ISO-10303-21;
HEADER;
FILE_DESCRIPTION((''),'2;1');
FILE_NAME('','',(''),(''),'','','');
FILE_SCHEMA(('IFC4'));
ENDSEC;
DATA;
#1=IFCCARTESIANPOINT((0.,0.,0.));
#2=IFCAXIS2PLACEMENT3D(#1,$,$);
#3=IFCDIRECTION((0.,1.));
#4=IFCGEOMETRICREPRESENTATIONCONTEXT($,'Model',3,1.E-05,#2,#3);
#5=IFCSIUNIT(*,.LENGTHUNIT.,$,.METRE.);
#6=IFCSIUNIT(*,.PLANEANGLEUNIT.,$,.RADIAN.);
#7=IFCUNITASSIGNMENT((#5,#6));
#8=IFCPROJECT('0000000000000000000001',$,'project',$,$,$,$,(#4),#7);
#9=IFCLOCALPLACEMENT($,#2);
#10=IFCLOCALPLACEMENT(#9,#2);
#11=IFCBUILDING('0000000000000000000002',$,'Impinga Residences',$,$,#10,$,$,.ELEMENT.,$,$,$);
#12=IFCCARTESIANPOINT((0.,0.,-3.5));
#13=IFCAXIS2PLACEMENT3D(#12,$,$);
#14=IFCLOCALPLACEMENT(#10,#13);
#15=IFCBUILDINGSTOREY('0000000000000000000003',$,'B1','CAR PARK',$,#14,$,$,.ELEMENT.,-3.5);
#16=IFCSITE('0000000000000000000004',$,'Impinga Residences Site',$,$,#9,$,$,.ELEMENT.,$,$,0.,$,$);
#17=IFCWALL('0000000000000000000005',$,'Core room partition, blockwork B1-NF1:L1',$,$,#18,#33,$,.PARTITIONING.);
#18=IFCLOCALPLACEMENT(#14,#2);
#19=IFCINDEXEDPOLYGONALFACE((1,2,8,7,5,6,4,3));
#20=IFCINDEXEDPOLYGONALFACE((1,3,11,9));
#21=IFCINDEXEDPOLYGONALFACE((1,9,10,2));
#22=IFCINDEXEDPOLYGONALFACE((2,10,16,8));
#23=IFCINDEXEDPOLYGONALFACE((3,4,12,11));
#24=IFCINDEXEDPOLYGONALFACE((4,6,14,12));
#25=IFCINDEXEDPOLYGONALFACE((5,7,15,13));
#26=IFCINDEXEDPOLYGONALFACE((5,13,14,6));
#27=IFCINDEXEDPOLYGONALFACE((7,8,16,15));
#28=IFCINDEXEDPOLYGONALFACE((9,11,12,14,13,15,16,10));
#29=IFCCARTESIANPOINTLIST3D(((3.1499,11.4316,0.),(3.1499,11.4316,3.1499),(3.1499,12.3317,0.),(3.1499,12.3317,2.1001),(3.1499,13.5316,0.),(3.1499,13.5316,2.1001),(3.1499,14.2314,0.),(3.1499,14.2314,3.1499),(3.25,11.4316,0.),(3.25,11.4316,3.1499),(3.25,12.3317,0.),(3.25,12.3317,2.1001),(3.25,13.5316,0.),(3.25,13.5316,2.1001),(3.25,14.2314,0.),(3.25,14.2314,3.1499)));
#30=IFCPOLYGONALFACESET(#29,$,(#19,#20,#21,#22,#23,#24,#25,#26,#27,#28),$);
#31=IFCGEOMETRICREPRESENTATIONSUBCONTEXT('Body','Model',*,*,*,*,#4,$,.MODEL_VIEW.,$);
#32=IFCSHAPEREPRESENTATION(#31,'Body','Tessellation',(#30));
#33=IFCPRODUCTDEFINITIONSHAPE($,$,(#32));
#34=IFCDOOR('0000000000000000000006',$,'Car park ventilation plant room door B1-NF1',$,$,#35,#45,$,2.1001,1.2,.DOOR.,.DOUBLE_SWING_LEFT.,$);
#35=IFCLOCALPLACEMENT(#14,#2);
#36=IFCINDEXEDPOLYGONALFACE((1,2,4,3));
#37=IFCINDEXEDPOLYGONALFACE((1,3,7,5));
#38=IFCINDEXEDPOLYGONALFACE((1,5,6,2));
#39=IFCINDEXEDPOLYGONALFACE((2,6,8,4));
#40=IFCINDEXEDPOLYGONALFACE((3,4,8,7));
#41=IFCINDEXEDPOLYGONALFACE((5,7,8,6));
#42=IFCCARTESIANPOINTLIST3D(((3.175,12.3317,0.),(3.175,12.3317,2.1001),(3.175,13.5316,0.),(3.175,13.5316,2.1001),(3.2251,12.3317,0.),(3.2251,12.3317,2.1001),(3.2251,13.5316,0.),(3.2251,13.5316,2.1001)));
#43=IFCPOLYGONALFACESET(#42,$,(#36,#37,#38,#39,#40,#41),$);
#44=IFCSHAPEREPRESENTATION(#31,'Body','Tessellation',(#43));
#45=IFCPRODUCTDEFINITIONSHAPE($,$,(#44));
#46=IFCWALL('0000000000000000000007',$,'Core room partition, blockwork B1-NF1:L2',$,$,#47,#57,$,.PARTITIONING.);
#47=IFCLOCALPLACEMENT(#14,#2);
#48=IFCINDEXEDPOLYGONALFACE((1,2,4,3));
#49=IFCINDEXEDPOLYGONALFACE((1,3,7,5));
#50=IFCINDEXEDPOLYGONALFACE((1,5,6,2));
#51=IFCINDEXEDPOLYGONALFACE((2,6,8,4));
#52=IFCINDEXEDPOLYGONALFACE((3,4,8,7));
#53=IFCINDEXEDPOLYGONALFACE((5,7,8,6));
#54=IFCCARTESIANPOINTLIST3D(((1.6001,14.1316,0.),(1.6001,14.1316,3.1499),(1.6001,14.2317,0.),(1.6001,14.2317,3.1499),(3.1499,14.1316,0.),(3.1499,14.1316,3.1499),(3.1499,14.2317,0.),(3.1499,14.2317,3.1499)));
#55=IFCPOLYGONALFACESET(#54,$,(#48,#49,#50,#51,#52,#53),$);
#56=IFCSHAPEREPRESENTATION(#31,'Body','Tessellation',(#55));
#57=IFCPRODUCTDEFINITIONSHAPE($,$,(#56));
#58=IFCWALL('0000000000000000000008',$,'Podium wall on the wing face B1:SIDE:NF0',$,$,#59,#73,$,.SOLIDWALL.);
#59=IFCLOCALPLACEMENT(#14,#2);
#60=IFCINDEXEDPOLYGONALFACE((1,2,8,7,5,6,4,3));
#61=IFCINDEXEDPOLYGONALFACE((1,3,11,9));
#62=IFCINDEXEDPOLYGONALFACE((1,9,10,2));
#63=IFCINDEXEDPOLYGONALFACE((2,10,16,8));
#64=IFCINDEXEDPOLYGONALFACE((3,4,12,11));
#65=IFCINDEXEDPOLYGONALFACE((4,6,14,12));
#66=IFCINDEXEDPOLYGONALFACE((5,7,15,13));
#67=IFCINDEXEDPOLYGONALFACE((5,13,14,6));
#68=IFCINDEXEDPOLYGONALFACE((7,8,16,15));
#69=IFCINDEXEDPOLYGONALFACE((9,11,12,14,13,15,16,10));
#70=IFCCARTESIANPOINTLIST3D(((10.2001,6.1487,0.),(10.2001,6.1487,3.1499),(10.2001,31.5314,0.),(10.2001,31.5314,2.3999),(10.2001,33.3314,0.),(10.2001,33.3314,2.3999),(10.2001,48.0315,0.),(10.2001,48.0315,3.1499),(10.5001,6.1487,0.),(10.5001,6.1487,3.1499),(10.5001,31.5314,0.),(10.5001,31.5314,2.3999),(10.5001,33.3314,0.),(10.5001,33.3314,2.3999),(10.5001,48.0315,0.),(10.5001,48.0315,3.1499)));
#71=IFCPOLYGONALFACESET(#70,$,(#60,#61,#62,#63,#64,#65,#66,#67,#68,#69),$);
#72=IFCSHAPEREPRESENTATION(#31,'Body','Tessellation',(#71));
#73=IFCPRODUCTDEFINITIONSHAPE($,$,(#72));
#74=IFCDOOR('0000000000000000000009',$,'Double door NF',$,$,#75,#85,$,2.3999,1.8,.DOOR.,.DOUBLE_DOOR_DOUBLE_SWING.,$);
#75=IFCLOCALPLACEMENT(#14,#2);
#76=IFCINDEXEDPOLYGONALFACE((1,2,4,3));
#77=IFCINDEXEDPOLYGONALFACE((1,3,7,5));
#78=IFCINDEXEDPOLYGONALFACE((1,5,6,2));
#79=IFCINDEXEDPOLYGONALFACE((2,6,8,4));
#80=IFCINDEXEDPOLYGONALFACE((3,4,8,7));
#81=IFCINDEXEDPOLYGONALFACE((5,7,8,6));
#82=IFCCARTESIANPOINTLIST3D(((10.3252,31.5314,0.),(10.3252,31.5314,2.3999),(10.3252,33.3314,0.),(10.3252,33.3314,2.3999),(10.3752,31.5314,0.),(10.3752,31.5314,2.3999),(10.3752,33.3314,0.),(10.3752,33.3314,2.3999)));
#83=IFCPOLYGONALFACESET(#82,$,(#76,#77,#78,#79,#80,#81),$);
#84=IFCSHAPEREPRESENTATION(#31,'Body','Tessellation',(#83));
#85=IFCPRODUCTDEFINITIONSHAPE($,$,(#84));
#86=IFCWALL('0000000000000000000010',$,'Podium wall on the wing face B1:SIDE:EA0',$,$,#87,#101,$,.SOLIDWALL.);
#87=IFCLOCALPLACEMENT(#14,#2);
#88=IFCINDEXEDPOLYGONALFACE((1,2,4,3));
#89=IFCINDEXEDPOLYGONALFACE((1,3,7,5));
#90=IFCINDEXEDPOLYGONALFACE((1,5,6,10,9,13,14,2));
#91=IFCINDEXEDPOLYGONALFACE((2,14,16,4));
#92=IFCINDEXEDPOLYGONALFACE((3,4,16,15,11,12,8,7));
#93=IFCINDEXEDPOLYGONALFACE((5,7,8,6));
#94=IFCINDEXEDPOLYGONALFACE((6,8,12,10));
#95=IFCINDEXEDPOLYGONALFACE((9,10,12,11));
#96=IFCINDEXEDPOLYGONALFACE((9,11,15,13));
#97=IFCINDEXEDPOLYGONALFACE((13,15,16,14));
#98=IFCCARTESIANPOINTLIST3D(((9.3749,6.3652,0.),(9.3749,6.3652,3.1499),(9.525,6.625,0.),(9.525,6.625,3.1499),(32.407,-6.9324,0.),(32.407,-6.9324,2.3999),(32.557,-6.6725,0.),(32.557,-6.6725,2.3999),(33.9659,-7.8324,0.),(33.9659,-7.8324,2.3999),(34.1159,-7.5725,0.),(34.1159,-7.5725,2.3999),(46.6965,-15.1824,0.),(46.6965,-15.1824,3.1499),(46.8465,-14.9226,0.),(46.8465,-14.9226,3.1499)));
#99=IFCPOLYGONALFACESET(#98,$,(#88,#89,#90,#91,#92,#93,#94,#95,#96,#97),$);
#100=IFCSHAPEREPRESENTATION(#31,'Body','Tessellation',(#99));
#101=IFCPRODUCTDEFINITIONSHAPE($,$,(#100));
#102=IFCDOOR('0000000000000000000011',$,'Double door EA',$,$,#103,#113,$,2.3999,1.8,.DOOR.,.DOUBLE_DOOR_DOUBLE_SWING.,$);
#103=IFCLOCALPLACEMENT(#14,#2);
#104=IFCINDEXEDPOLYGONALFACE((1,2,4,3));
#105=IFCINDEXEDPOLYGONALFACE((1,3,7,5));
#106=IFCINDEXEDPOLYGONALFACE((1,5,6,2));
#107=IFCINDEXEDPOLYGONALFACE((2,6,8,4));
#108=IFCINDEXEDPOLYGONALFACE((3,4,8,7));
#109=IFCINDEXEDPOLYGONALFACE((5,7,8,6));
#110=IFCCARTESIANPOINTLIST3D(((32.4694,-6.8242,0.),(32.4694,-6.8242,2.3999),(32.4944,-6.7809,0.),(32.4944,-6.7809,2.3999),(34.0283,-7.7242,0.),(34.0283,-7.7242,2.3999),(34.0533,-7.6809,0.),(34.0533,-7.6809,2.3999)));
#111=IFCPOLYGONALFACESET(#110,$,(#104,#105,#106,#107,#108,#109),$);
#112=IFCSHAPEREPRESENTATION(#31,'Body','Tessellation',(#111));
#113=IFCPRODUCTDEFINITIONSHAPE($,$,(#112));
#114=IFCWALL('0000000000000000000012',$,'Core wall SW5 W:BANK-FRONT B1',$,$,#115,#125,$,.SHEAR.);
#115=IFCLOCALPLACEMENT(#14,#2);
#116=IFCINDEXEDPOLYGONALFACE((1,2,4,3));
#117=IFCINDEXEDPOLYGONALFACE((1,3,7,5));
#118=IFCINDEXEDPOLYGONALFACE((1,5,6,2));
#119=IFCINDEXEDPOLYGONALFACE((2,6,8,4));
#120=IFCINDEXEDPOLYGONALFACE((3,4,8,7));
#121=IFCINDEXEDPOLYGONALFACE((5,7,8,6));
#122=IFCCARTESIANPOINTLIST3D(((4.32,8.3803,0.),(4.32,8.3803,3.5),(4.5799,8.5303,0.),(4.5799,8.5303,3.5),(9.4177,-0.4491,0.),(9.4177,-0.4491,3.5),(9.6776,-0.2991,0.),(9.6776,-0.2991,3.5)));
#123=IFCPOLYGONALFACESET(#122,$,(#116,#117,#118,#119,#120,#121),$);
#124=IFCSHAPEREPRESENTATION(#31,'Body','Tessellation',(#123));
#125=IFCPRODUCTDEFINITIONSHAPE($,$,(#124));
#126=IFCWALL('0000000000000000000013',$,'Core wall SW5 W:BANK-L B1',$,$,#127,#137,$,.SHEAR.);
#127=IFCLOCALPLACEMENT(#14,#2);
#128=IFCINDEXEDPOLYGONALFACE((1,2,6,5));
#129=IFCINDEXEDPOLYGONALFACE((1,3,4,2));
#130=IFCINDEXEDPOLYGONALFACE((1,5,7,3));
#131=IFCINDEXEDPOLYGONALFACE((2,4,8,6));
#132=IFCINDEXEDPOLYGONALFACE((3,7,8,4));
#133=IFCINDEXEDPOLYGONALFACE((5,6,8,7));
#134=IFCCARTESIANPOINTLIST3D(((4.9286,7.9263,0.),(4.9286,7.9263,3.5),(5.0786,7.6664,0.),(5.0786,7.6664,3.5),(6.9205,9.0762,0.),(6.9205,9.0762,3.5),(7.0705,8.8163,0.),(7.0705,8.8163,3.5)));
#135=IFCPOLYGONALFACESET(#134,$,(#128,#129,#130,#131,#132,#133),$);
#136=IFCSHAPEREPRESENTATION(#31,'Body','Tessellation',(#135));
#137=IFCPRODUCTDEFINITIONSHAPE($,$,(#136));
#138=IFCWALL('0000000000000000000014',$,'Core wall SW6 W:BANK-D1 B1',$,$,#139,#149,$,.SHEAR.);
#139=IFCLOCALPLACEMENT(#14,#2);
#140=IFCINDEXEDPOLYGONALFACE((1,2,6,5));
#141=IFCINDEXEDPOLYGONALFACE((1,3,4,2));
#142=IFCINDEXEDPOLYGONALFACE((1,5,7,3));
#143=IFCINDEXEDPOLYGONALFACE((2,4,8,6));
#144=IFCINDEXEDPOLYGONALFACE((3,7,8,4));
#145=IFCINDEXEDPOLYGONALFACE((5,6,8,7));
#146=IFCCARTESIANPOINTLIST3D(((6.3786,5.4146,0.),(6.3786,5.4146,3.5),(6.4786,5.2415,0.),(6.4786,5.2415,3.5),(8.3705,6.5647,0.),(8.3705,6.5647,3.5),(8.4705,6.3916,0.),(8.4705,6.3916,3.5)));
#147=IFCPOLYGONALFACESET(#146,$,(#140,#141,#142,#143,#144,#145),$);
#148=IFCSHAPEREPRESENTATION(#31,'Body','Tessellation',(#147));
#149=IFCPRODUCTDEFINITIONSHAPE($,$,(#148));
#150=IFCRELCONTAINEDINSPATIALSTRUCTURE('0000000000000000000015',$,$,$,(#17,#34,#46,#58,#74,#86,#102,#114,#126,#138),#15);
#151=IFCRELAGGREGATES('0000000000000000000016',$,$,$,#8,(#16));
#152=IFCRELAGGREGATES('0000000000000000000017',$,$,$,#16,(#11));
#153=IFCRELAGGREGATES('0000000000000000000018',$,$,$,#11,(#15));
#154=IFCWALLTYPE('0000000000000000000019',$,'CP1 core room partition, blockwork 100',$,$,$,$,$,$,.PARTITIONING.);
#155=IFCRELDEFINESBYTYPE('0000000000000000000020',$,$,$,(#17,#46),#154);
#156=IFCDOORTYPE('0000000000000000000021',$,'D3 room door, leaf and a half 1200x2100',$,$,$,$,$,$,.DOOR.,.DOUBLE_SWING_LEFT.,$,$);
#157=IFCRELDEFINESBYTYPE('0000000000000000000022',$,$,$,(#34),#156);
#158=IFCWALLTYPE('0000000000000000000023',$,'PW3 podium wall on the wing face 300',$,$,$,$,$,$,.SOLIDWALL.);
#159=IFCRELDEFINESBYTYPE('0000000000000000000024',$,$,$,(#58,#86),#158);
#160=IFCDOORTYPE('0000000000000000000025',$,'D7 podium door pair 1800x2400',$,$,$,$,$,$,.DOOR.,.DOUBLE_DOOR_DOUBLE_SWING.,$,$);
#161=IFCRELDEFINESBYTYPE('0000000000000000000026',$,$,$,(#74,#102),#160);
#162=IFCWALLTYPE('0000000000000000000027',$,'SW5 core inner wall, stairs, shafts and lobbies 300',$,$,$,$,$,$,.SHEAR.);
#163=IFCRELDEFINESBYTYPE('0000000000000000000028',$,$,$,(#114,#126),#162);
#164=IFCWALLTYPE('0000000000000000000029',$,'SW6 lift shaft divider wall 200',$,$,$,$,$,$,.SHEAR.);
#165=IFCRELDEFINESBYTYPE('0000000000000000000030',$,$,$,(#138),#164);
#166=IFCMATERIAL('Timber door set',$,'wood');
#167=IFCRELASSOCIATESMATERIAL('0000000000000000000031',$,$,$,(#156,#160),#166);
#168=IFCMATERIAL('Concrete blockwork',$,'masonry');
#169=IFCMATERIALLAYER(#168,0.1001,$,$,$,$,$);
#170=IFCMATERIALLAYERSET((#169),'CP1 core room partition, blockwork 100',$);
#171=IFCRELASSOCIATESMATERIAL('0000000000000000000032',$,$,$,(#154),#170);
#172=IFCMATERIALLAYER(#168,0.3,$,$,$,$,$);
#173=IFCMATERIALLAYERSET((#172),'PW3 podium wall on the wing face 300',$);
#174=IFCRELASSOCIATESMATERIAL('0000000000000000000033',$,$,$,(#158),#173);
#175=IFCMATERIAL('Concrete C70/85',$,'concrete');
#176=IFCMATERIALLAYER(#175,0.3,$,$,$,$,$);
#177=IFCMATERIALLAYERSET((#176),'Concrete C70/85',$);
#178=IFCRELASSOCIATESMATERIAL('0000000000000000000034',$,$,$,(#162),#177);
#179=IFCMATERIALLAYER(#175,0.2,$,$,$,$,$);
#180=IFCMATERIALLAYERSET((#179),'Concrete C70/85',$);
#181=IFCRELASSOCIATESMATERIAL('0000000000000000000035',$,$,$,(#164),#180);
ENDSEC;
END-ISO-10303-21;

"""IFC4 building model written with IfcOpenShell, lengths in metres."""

from ifc_helpers import new_model, si_unit, direction, frame, frame_2d, origin, place, context, subcontext, project, spatial, rectangle, extrude, material, layer, layer_set, type_object, element, fill, save


model = new_model("IFC4")

# Units and contexts
model_context = context("Model", 3, precision=1e-05, world=origin(), true_north=direction((0.0, 1.0)))
body_context = subcontext(model_context, "Body", "Model", "MODEL_VIEW")
ifc_project = project(units=[si_unit("LENGTHUNIT", "METRE"), si_unit("PLANEANGLEUNIT", "RADIAN")], contexts=[model_context])

# Site, building, storey
site_placement = place(None, origin())
site = spatial("IfcSite", under=ifc_project, at=site_placement, Name="Impinga Residences Site", CompositionType="ELEMENT", RefElevation=0.0)
building_placement = place(site_placement, origin())
building = spatial("IfcBuilding", under=site, at=building_placement, Name="Impinga Residences", CompositionType="ELEMENT")
storey_placement = place(building_placement, frame((0.0, 0.0, -3.5)))
storey = spatial("IfcBuildingStorey", under=building, at=storey_placement, Name="B1", Description="CAR PARK", CompositionType="ELEMENT", Elevation=-3.5)

# Shared definitions
ifc_material_1 = material(Name="Concrete C70/85", Category="concrete")

# Wall, opening, door
ifc_material_2 = material(Name="Timber door set", Category="wood")
door_type_1 = type_object("IfcDoorType", Name="D3 room door, leaf and a half 1200x2100", OperationType="DOUBLE_SWING_LEFT", PredefinedType="DOOR", material=ifc_material_2)
ifc_material_3 = material(Name="Concrete blockwork", Category="masonry")
ifc_layer_1 = layer(ifc_material_3, 0.1001)
ifc_layer_set_1 = layer_set([ifc_layer_1], Name="CP1 core room partition, blockwork 100")
wall_type_1 = type_object("IfcWallType", Name="CP1 core room partition, blockwork 100", PredefinedType="PARTITIONING", material=ifc_layer_set_1)
wall_1_placement = place(storey_placement, frame((3.2, 11.4316, 0.0), z_axis=(0.0, 0.0, 1.0), x_axis=(0.0, 1.0, 0.0)))
wall_1 = element("IfcWall", 1, at=wall_1_placement, inside=storey, type_object=wall_type_1, Name="Core room partition, blockwork B1-NF1:L1", PredefinedType="PARTITIONING", context=body_context, shape_type="SweptSolid", body=[
    extrude(rectangle(XDim=2.7998, YDim=0.1001, at=frame_2d((1.3999, 0.0))), origin(), (0.0, 0.0, 1.0), 3.1499),
])
opening_1_placement = place(wall_1_placement, frame((0.8999, 0.0, 0.0)))
opening_1 = element("IfcOpeningElement", 2, at=opening_1_placement, cuts=wall_1, PredefinedType="OPENING", context=body_context, shape_type="SweptSolid", body=[
    extrude(rectangle(XDim=1.2, YDim=2.1001, at=frame_2d((0.6001, 1.05))), frame((0.0, 0.0601, 0.0), z_axis=(0.0, -1.0, 0.0), x_axis=(1.0, 0.0, 0.0)), (0.0, 0.0, 1.0), 0.1201),
])
door_1_placement = place(opening_1_placement, origin())
door_1 = element("IfcDoor", 3, at=door_1_placement, inside=storey, type_object=door_type_1, Name="Car park ventilation plant room door B1-NF1", OperationType="DOUBLE_SWING_LEFT", OverallHeight=2.1001, OverallWidth=1.2, PredefinedType="DOOR", context=body_context, shape_type="SweptSolid", body=[
    extrude(rectangle(XDim=1.2, YDim=2.1001, at=frame_2d((0.6001, 1.05))), frame((0.0, 0.0249, 0.0), z_axis=(0.0, -1.0, 0.0), x_axis=(1.0, 0.0, 0.0)), (0.0, 0.0, 1.0), 0.05),
])
fill(opening_1, door_1)

# Wall
wall_2_placement = place(storey_placement, frame((1.6001, 14.1816, 0.0), z_axis=(0.0, 0.0, 1.0), x_axis=(1.0, 0.0, 0.0)))
element("IfcWall", 4, at=wall_2_placement, inside=storey, type_object=wall_type_1, Name="Core room partition, blockwork B1-NF1:L2", PredefinedType="PARTITIONING", context=body_context, shape_type="SweptSolid", body=[
    extrude(rectangle(XDim=1.5498, YDim=0.1001, at=frame_2d((0.7749, 0.0))), origin(), (0.0, 0.0, 1.0), 3.1499),
])

# Walls, openings, doors
ifc_layer_2 = layer(ifc_material_3, 0.3)
ifc_layer_set_2 = layer_set([ifc_layer_2], Name="PW3 podium wall on the wing face 300")
wall_type_2 = type_object("IfcWallType", Name="PW3 podium wall on the wing face 300", PredefinedType="SOLIDWALL", material=ifc_layer_set_2)
wall_3_placement = place(storey_placement, frame((10.3501, 6.1487, 0.0), z_axis=(0.0, 0.0, 1.0), x_axis=(0.0, 1.0, 0.0)))
wall_3 = element("IfcWall", 5, at=wall_3_placement, inside=storey, type_object=wall_type_2, Name="Podium wall on the wing face B1:SIDE:NF0", PredefinedType="SOLIDWALL", context=body_context, shape_type="SweptSolid", body=[
    extrude(rectangle(XDim=41.8828, YDim=0.3, at=frame_2d((20.9414, 0.0))), origin(), (0.0, 0.0, 1.0), 3.1499),
])
opening_2_placement = place(wall_3_placement, frame((25.3828, 0.0, 0.0)))
opening_2 = element("IfcOpeningElement", 6, at=opening_2_placement, cuts=wall_3, PredefinedType="OPENING", context=body_context, shape_type="SweptSolid", body=[
    extrude(rectangle(XDim=1.8, YDim=2.3999, at=frame_2d((0.8999, 1.2))), frame((0.0, 0.1599, 0.0), z_axis=(0.0, -1.0, 0.0), x_axis=(1.0, 0.0, 0.0)), (0.0, 0.0, 1.0), 0.3201),
])
door_type_2 = type_object("IfcDoorType", Name="D7 podium door pair 1800x2400", OperationType="DOUBLE_DOOR_DOUBLE_SWING", PredefinedType="DOOR", material=ifc_material_2)
door_2_placement = place(opening_2_placement, origin())
door_2 = element("IfcDoor", 7, at=door_2_placement, inside=storey, type_object=door_type_2, Name="Double door NF", OperationType="DOUBLE_DOOR_DOUBLE_SWING", OverallHeight=2.3999, OverallWidth=1.8, PredefinedType="DOOR", context=body_context, shape_type="SweptSolid", body=[
    extrude(rectangle(XDim=1.8, YDim=2.3999, at=frame_2d((0.8999, 1.2))), frame((0.0, 0.0249, 0.0), z_axis=(0.0, -1.0, 0.0), x_axis=(1.0, 0.0, 0.0)), (0.0, 0.0, 1.0), 0.05),
])
fill(opening_2, door_2)
wall_4_placement = place(storey_placement, frame((9.45, 6.4951, 0.0), z_axis=(0.0, 0.0, 1.0), x_axis=(0.866025, -0.5, 0.0)))
wall_4 = element("IfcWall", 8, at=wall_4_placement, inside=storey, type_object=wall_type_2, Name="Podium wall on the wing face B1:SIDE:EA0", PredefinedType="SOLIDWALL", context=body_context, shape_type="SweptSolid", body=[
    extrude(rectangle(XDim=43.0952, YDim=0.3, at=frame_2d((21.5476, 0.0))), origin(), (0.0, 0.0, 1.0), 3.1499),
])
opening_3_placement = place(wall_4_placement, frame((26.5952, 0.0, 0.0)))
opening_3 = element("IfcOpeningElement", 9, at=opening_3_placement, cuts=wall_4, PredefinedType="OPENING", context=body_context, shape_type="SweptSolid", body=[
    extrude(rectangle(XDim=1.8, YDim=2.3999, at=frame_2d((0.8999, 1.2))), frame((0.0, 0.1599, 0.0), z_axis=(0.0, -1.0, 0.0), x_axis=(1.0, 0.0, 0.0)), (0.0, 0.0, 1.0), 0.3201),
])
door_3_placement = place(opening_3_placement, origin())
door_3 = element("IfcDoor", 10, at=door_3_placement, inside=storey, type_object=door_type_2, Name="Double door EA", OperationType="DOUBLE_DOOR_DOUBLE_SWING", OverallHeight=2.3999, OverallWidth=1.8, PredefinedType="DOOR", context=body_context, shape_type="SweptSolid", body=[
    extrude(rectangle(XDim=1.8, YDim=2.3999, at=frame_2d((0.8999, 1.2))), frame((0.0, 0.0249, 0.0), z_axis=(0.0, -1.0, 0.0), x_axis=(1.0, 0.0, 0.0)), (0.0, 0.0, 1.0), 0.05),
])
fill(opening_3, door_3)

# Walls
ifc_layer_3 = layer(ifc_material_1, 0.3)
ifc_layer_set_3 = layer_set([ifc_layer_3], Name="Concrete C70/85")
wall_type_3 = type_object("IfcWallType", Name="SW5 core inner wall, stairs, shafts and lobbies 300", PredefinedType="SHEAR", material=ifc_layer_set_3)
wall_5_placement = place(storey_placement, frame((4.45, 8.4553, 0.0), z_axis=(0.0, 0.0, 1.0), x_axis=(0.500002, -0.866024, 0.0)))
element("IfcWall", 11, at=wall_5_placement, inside=storey, type_object=wall_type_3, Name="Core wall SW5 W:BANK-FRONT B1", PredefinedType="SHEAR", context=body_context, shape_type="SweptSolid", body=[
    extrude(rectangle(XDim=10.1953, YDim=0.3, at=frame_2d((5.0977, 0.0))), origin(), (0.0, 0.0, 1.0), 3.5),
])
wall_6_placement = place(storey_placement, frame((5.0037, 7.7964, 0.0), z_axis=(0.0, 0.0, 1.0), x_axis=(0.866053, 0.499952, 0.0)))
element("IfcWall", 12, at=wall_6_placement, inside=storey, type_object=wall_type_3, Name="Core wall SW5 W:BANK-L B1", PredefinedType="SHEAR", context=body_context, shape_type="SweptSolid", body=[
    extrude(rectangle(XDim=2.3, YDim=0.3, at=frame_2d((1.1499, 0.0))), origin(), (0.0, 0.0, 1.0), 3.5),
])
ifc_layer_4 = layer(ifc_material_1, 0.2)
ifc_layer_set_4 = layer_set([ifc_layer_4], Name="Concrete C70/85")
wall_type_4 = type_object("IfcWallType", Name="SW6 lift shaft divider wall 200", PredefinedType="SHEAR", material=ifc_layer_set_4)
wall_7_placement = place(storey_placement, frame((6.4287, 5.3281, 0.0), z_axis=(0.0, 0.0, 1.0), x_axis=(0.866007, 0.500032, 0.0)))
element("IfcWall", 13, at=wall_7_placement, inside=storey, type_object=wall_type_4, Name="Core wall SW6 W:BANK-D1 B1", PredefinedType="SHEAR", context=body_context, shape_type="SweptSolid", body=[
    extrude(rectangle(XDim=2.3, YDim=0.2, at=frame_2d((1.1499, 0.0))), origin(), (0.0, 0.0, 1.0), 3.5),
])

save(model, "model.ifc")
